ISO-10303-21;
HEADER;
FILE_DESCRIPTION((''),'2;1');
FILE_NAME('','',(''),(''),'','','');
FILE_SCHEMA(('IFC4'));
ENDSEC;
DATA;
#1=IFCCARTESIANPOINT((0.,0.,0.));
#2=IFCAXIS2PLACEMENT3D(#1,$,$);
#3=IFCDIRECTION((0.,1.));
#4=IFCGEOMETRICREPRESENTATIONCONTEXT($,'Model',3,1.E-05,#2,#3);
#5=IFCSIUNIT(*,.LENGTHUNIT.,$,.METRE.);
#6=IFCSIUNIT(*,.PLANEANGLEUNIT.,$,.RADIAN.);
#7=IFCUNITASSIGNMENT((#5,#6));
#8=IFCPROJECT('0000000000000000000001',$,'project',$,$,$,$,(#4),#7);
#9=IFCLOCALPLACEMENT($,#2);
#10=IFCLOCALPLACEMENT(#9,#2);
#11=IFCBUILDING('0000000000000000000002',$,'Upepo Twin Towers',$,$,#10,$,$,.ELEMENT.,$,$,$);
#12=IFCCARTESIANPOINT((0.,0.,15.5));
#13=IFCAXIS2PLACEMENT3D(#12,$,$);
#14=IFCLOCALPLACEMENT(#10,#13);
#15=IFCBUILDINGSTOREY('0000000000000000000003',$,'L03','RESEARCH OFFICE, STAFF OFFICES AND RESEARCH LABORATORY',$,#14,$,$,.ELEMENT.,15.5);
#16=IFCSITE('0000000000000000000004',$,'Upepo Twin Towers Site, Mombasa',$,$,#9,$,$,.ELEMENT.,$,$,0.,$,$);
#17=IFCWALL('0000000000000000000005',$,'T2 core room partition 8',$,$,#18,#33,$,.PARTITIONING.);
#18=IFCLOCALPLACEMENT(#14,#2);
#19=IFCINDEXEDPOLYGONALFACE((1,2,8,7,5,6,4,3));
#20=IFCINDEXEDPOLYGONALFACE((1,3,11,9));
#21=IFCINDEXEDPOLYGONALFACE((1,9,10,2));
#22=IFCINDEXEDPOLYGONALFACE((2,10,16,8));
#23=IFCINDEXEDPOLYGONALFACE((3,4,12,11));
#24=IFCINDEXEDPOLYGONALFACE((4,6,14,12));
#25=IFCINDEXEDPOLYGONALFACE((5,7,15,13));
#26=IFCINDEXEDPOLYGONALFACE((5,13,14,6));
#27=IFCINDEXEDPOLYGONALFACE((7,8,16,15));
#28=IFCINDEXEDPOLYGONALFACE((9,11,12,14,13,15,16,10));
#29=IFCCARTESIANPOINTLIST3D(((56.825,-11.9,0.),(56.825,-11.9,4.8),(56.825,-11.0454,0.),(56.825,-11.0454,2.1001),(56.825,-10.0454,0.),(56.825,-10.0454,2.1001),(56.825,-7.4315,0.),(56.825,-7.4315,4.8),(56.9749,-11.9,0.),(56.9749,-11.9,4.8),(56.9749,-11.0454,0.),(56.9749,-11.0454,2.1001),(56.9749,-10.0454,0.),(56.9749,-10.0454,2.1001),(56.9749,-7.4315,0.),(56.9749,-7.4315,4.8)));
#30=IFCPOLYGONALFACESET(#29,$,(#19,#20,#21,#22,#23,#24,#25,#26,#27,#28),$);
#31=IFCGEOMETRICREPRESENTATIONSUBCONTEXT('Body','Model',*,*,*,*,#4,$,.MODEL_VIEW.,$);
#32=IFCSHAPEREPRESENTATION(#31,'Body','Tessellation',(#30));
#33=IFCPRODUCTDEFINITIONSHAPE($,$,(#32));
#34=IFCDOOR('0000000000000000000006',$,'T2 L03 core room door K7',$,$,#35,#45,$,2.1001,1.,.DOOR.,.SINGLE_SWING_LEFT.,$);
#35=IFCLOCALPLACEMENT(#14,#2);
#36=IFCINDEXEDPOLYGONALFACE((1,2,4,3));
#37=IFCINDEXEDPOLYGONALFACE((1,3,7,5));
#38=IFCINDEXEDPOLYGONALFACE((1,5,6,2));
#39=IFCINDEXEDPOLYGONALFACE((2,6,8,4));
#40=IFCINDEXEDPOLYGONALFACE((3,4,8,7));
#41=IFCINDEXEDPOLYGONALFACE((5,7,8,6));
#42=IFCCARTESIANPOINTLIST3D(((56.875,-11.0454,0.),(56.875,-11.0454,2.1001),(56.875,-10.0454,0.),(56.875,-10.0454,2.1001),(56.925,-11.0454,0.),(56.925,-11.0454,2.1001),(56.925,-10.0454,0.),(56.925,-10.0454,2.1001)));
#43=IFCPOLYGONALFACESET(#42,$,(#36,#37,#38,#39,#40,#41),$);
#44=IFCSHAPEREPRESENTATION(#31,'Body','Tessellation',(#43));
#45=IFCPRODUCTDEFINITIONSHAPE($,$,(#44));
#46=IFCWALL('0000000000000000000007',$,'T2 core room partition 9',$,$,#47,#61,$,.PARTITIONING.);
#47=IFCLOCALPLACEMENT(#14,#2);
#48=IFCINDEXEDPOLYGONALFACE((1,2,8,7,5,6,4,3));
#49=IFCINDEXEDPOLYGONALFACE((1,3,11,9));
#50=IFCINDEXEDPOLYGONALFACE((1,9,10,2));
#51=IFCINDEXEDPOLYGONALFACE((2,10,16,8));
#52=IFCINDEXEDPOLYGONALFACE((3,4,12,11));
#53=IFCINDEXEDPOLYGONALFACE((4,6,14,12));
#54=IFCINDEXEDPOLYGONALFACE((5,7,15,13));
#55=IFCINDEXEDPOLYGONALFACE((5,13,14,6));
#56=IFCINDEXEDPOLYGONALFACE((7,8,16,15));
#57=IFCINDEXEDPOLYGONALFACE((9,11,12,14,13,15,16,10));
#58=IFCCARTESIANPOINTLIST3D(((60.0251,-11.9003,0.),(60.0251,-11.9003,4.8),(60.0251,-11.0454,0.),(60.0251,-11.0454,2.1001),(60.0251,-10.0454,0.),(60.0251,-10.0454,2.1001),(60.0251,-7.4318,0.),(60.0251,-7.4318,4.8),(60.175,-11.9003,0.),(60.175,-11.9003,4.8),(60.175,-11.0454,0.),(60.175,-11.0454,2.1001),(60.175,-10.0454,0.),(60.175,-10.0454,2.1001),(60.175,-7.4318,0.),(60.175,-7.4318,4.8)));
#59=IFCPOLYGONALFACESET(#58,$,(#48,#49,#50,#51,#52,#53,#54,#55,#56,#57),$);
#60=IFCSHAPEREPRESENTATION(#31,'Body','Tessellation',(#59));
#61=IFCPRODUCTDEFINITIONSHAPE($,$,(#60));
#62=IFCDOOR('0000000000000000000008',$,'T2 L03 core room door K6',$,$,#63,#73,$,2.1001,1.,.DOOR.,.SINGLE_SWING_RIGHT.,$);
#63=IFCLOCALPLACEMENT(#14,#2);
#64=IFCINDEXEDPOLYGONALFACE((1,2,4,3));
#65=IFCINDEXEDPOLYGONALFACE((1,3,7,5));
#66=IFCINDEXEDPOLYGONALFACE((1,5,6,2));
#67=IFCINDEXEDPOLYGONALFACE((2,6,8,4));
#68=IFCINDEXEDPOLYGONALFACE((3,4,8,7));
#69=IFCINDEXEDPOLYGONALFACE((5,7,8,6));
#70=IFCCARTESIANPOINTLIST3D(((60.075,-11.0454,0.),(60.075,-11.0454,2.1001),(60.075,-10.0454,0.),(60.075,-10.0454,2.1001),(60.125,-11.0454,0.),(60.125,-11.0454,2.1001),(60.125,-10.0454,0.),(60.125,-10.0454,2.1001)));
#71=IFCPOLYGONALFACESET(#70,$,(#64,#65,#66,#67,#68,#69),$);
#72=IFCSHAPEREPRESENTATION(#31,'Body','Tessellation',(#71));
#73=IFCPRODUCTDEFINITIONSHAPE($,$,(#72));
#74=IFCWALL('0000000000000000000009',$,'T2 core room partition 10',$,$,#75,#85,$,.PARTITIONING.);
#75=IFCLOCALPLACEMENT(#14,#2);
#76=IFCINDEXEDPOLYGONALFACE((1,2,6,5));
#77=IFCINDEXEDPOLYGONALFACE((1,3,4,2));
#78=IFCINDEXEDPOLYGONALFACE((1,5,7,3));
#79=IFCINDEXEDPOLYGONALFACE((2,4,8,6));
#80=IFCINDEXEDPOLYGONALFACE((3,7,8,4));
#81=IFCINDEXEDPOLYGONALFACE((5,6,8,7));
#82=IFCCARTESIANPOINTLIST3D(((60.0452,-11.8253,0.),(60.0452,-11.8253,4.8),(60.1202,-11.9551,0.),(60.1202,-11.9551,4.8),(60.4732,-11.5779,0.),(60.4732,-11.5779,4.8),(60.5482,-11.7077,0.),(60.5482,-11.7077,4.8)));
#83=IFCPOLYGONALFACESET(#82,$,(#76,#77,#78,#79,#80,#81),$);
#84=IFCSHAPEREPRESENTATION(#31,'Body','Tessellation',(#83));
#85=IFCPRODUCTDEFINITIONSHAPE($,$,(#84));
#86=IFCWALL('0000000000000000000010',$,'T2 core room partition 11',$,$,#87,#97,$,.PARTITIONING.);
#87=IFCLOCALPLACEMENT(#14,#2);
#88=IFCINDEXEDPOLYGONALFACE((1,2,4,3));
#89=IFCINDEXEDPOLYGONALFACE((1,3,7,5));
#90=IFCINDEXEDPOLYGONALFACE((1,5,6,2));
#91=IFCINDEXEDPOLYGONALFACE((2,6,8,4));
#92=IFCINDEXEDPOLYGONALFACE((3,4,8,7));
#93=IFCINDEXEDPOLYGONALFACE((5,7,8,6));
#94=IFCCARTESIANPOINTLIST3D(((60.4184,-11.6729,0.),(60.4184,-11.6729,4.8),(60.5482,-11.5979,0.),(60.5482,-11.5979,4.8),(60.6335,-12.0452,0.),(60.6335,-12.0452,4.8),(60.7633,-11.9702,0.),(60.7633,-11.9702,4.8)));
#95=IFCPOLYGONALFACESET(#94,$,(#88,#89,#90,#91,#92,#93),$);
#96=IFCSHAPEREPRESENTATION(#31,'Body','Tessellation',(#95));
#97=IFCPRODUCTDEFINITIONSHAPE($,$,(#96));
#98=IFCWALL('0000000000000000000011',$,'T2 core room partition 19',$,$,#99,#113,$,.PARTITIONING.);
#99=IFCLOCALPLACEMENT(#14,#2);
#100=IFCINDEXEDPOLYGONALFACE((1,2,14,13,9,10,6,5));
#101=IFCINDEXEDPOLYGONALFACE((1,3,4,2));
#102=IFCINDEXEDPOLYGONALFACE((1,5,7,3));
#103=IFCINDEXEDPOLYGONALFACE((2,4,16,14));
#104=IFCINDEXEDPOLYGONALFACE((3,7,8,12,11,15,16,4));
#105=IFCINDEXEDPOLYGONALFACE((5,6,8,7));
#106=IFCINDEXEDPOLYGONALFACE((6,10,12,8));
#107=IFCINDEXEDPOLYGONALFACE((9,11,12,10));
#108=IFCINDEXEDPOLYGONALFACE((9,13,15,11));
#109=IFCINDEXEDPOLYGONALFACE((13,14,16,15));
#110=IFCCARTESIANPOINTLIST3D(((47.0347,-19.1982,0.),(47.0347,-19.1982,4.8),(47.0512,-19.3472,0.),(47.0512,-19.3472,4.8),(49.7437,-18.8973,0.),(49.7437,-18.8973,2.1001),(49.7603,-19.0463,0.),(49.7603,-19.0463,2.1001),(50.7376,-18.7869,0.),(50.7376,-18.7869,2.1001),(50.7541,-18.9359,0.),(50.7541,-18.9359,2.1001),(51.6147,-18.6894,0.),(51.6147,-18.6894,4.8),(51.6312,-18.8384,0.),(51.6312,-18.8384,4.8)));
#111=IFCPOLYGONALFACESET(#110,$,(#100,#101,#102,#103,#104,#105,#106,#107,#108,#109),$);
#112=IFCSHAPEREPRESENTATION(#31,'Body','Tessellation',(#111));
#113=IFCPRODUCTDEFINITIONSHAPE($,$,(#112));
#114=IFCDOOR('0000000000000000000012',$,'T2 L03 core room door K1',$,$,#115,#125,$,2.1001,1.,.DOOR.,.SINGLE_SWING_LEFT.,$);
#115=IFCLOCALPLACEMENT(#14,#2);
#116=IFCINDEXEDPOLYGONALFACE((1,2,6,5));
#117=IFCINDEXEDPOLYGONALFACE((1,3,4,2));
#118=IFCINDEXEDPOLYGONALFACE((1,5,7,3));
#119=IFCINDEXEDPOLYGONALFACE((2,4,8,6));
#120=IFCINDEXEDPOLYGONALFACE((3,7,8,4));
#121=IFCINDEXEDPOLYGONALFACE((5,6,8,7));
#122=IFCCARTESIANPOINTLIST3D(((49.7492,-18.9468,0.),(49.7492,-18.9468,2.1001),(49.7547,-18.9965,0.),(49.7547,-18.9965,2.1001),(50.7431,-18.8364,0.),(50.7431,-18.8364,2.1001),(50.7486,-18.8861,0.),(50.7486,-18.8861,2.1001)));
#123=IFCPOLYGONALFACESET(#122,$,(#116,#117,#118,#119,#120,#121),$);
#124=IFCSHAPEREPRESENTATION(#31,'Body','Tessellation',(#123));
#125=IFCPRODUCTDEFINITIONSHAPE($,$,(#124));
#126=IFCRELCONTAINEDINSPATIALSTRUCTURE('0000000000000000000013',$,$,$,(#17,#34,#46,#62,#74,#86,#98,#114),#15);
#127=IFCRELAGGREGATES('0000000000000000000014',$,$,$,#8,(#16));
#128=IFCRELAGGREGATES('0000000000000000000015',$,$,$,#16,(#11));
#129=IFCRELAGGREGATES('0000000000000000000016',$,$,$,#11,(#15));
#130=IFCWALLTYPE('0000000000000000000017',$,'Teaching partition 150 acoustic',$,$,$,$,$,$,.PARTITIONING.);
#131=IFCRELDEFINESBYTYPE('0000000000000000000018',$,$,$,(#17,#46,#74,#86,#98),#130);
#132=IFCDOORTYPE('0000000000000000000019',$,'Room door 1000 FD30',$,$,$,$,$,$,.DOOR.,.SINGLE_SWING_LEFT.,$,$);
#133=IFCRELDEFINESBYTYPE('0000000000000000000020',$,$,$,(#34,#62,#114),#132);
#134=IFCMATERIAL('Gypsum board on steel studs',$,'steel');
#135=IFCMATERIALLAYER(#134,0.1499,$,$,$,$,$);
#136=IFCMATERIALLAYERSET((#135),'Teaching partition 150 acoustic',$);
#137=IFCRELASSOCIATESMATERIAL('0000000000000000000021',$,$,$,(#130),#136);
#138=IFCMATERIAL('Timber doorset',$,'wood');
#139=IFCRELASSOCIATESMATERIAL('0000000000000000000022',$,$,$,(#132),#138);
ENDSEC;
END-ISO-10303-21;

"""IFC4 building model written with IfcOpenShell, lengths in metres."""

from ifc_helpers import new_model, si_unit, direction, frame, frame_2d, origin, place, context, subcontext, project, spatial, rectangle, extrude, material, layer, layer_set, type_object, element, fill, save


model = new_model("IFC4")

# Units and contexts
model_context = context("Model", 3, precision=1e-05, world=origin(), true_north=direction((0.0, 1.0)))
body_context = subcontext(model_context, "Body", "Model", "MODEL_VIEW")
ifc_project = project(units=[si_unit("LENGTHUNIT", "METRE"), si_unit("PLANEANGLEUNIT", "RADIAN")], contexts=[model_context])

# Site, building, storey
site_placement = place(None, origin())
site = spatial("IfcSite", under=ifc_project, at=site_placement, Name="Upepo Twin Towers Site, Mombasa", CompositionType="ELEMENT", RefElevation=0.0)
building_placement = place(site_placement, origin())
building = spatial("IfcBuilding", under=site, at=building_placement, Name="Upepo Twin Towers", CompositionType="ELEMENT")
storey_placement = place(building_placement, frame((0.0, 0.0, 15.5)))
storey = spatial("IfcBuildingStorey", under=building, at=storey_placement, Name="L03", Description="RESEARCH OFFICE, STAFF OFFICES AND RESEARCH LABORATORY", CompositionType="ELEMENT", Elevation=15.5)

# Shared definitions
ifc_material_1 = material(Name="Gypsum board on steel studs", Category="steel")
ifc_layer_1 = layer(ifc_material_1, 0.1499)
ifc_layer_set_1 = layer_set([ifc_layer_1], Name="Teaching partition 150 acoustic")
wall_type_1 = type_object("IfcWallType", Name="Teaching partition 150 acoustic", PredefinedType="PARTITIONING", material=ifc_layer_set_1)

# Walls, openings, doors
wall_1_placement = place(storey_placement, frame((56.8999, -11.9001, 0.0), z_axis=(0.0, 0.0, 1.0), x_axis=(0.0, 1.0, 0.0)))
wall_1 = element("IfcWall", 1, at=wall_1_placement, inside=storey, type_object=wall_type_1, Name="T2 core room partition 8", PredefinedType="PARTITIONING", context=body_context, shape_type="SweptSolid", body=[
    extrude(rectangle(XDim=4.4685, YDim=0.1499, at=frame_2d((2.2344, 0.0))), origin(), (0.0, 0.0, 1.0), 4.8),
])
opening_1_placement = place(wall_1_placement, frame((0.8547, 0.0, 0.0)))
opening_1 = element("IfcOpeningElement", 2, at=opening_1_placement, cuts=wall_1, PredefinedType="OPENING", context=body_context, shape_type="SweptSolid", body=[
    extrude(rectangle(XDim=1.0, YDim=2.1001, at=frame_2d((0.5, 1.05))), frame((0.0, 0.085, 0.0), z_axis=(0.0, -1.0, 0.0), x_axis=(1.0, 0.0, 0.0)), (0.0, 0.0, 1.0), 0.1699),
])
ifc_material_2 = material(Name="Timber doorset", Category="wood")
door_type_1 = type_object("IfcDoorType", Name="Room door 1000 FD30", OperationType="SINGLE_SWING_LEFT", PredefinedType="DOOR", material=ifc_material_2)
door_1_placement = place(opening_1_placement, origin())
door_1 = element("IfcDoor", 3, at=door_1_placement, inside=storey, type_object=door_type_1, Name="T2 L03 core room door K7", OperationType="SINGLE_SWING_LEFT", OverallHeight=2.1001, OverallWidth=1.0, PredefinedType="DOOR", context=body_context, shape_type="SweptSolid", body=[
    extrude(rectangle(XDim=1.0, YDim=2.1001, at=frame_2d((0.5, 1.05))), frame((0.0, 0.0249, 0.0), z_axis=(0.0, -1.0, 0.0), x_axis=(1.0, 0.0, 0.0)), (0.0, 0.0, 1.0), 0.05),
])
fill(opening_1, door_1)
wall_2_placement = place(storey_placement, frame((60.1001, -7.4316, 0.0), z_axis=(0.0, 0.0, 1.0), x_axis=(0.0, -1.0, 0.0)))
wall_2 = element("IfcWall", 4, at=wall_2_placement, inside=storey, type_object=wall_type_1, Name="T2 core room partition 9", PredefinedType="PARTITIONING", context=body_context, shape_type="SweptSolid", body=[
    extrude(rectangle(XDim=4.4685, YDim=0.1499, at=frame_2d((2.2344, 0.0))), origin(), (0.0, 0.0, 1.0), 4.8),
])
opening_2_placement = place(wall_2_placement, frame((2.6138, 0.0, 0.0)))
opening_2 = element("IfcOpeningElement", 5, at=opening_2_placement, cuts=wall_2, PredefinedType="OPENING", context=body_context, shape_type="SweptSolid", body=[
    extrude(rectangle(XDim=1.0, YDim=2.1001, at=frame_2d((0.5, 1.05))), frame((0.0, 0.085, 0.0), z_axis=(0.0, -1.0, 0.0), x_axis=(1.0, 0.0, 0.0)), (0.0, 0.0, 1.0), 0.1699),
])
door_2_placement = place(opening_2_placement, origin())
door_2 = element("IfcDoor", 6, at=door_2_placement, inside=storey, type_object=door_type_1, Name="T2 L03 core room door K6", OperationType="SINGLE_SWING_RIGHT", OverallHeight=2.1001, OverallWidth=1.0, PredefinedType="DOOR", context=body_context, shape_type="SweptSolid", body=[
    extrude(rectangle(XDim=1.0, YDim=2.1001, at=frame_2d((0.5, 1.05))), frame((0.0, 0.0249, 0.0), z_axis=(0.0, -1.0, 0.0), x_axis=(1.0, 0.0, 0.0)), (0.0, 0.0, 1.0), 0.05),
])
fill(opening_2, door_2)

# Walls
wall_3_placement = place(storey_placement, frame((60.0828, -11.8901, 0.0), z_axis=(0.0, 0.0, 1.0), x_axis=(0.865832, 0.500335, 0.0)))
element("IfcWall", 7, at=wall_3_placement, inside=storey, type_object=wall_type_1, Name="T2 core room partition 10", PredefinedType="PARTITIONING", context=body_context, shape_type="SweptSolid", body=[
    extrude(rectangle(XDim=0.4944, YDim=0.1499, at=frame_2d((0.2471, 0.0))), origin(), (0.0, 0.0, 1.0), 4.8),
])
wall_4_placement = place(storey_placement, frame((60.4834, -11.6355, 0.0), z_axis=(0.0, 0.0, 1.0), x_axis=(0.50023, -0.865892, 0.0)))
element("IfcWall", 8, at=wall_4_placement, inside=storey, type_object=wall_type_1, Name="T2 core room partition 11", PredefinedType="PARTITIONING", context=body_context, shape_type="SweptSolid", body=[
    extrude(rectangle(XDim=0.4299, YDim=0.1499, at=frame_2d((0.2148, 0.0))), origin(), (0.0, 0.0, 1.0), 4.8),
])

# Wall, opening, door
wall_5_placement = place(storey_placement, frame((51.623, -18.7639, 0.0), z_axis=(0.0, 0.0, 1.0), x_axis=(-0.993886, -0.110408, 0.0)))
wall_5 = element("IfcWall", 9, at=wall_5_placement, inside=storey, type_object=wall_type_1, Name="T2 core room partition 19", PredefinedType="PARTITIONING", context=body_context, shape_type="SweptSolid", body=[
    extrude(rectangle(XDim=4.6082, YDim=0.1499, at=frame_2d((2.3042, 0.0))), origin(), (0.0, 0.0, 1.0), 4.8),
])
opening_3_placement = place(wall_5_placement, frame((0.8826, 0.0, 0.0)))
opening_3 = element("IfcOpeningElement", 10, at=opening_3_placement, cuts=wall_5, PredefinedType="OPENING", context=body_context, shape_type="SweptSolid", body=[
    extrude(rectangle(XDim=1.0, YDim=2.1001, at=frame_2d((0.5, 1.05))), frame((0.0, 0.085, 0.0), z_axis=(0.0, -1.0, 0.0), x_axis=(1.0, 0.0, 0.0)), (0.0, 0.0, 1.0), 0.1699),
])
door_3_placement = place(opening_3_placement, origin())
door_3 = element("IfcDoor", 11, at=door_3_placement, inside=storey, type_object=door_type_1, Name="T2 L03 core room door K1", OperationType="SINGLE_SWING_LEFT", OverallHeight=2.1001, OverallWidth=1.0, PredefinedType="DOOR", context=body_context, shape_type="SweptSolid", body=[
    extrude(rectangle(XDim=1.0, YDim=2.1001, at=frame_2d((0.5, 1.05))), frame((0.0, 0.0249, 0.0), z_axis=(0.0, -1.0, 0.0), x_axis=(1.0, 0.0, 0.0)), (0.0, 0.0, 1.0), 0.05),
])
fill(opening_3, door_3)

save(model, "model.ifc")
